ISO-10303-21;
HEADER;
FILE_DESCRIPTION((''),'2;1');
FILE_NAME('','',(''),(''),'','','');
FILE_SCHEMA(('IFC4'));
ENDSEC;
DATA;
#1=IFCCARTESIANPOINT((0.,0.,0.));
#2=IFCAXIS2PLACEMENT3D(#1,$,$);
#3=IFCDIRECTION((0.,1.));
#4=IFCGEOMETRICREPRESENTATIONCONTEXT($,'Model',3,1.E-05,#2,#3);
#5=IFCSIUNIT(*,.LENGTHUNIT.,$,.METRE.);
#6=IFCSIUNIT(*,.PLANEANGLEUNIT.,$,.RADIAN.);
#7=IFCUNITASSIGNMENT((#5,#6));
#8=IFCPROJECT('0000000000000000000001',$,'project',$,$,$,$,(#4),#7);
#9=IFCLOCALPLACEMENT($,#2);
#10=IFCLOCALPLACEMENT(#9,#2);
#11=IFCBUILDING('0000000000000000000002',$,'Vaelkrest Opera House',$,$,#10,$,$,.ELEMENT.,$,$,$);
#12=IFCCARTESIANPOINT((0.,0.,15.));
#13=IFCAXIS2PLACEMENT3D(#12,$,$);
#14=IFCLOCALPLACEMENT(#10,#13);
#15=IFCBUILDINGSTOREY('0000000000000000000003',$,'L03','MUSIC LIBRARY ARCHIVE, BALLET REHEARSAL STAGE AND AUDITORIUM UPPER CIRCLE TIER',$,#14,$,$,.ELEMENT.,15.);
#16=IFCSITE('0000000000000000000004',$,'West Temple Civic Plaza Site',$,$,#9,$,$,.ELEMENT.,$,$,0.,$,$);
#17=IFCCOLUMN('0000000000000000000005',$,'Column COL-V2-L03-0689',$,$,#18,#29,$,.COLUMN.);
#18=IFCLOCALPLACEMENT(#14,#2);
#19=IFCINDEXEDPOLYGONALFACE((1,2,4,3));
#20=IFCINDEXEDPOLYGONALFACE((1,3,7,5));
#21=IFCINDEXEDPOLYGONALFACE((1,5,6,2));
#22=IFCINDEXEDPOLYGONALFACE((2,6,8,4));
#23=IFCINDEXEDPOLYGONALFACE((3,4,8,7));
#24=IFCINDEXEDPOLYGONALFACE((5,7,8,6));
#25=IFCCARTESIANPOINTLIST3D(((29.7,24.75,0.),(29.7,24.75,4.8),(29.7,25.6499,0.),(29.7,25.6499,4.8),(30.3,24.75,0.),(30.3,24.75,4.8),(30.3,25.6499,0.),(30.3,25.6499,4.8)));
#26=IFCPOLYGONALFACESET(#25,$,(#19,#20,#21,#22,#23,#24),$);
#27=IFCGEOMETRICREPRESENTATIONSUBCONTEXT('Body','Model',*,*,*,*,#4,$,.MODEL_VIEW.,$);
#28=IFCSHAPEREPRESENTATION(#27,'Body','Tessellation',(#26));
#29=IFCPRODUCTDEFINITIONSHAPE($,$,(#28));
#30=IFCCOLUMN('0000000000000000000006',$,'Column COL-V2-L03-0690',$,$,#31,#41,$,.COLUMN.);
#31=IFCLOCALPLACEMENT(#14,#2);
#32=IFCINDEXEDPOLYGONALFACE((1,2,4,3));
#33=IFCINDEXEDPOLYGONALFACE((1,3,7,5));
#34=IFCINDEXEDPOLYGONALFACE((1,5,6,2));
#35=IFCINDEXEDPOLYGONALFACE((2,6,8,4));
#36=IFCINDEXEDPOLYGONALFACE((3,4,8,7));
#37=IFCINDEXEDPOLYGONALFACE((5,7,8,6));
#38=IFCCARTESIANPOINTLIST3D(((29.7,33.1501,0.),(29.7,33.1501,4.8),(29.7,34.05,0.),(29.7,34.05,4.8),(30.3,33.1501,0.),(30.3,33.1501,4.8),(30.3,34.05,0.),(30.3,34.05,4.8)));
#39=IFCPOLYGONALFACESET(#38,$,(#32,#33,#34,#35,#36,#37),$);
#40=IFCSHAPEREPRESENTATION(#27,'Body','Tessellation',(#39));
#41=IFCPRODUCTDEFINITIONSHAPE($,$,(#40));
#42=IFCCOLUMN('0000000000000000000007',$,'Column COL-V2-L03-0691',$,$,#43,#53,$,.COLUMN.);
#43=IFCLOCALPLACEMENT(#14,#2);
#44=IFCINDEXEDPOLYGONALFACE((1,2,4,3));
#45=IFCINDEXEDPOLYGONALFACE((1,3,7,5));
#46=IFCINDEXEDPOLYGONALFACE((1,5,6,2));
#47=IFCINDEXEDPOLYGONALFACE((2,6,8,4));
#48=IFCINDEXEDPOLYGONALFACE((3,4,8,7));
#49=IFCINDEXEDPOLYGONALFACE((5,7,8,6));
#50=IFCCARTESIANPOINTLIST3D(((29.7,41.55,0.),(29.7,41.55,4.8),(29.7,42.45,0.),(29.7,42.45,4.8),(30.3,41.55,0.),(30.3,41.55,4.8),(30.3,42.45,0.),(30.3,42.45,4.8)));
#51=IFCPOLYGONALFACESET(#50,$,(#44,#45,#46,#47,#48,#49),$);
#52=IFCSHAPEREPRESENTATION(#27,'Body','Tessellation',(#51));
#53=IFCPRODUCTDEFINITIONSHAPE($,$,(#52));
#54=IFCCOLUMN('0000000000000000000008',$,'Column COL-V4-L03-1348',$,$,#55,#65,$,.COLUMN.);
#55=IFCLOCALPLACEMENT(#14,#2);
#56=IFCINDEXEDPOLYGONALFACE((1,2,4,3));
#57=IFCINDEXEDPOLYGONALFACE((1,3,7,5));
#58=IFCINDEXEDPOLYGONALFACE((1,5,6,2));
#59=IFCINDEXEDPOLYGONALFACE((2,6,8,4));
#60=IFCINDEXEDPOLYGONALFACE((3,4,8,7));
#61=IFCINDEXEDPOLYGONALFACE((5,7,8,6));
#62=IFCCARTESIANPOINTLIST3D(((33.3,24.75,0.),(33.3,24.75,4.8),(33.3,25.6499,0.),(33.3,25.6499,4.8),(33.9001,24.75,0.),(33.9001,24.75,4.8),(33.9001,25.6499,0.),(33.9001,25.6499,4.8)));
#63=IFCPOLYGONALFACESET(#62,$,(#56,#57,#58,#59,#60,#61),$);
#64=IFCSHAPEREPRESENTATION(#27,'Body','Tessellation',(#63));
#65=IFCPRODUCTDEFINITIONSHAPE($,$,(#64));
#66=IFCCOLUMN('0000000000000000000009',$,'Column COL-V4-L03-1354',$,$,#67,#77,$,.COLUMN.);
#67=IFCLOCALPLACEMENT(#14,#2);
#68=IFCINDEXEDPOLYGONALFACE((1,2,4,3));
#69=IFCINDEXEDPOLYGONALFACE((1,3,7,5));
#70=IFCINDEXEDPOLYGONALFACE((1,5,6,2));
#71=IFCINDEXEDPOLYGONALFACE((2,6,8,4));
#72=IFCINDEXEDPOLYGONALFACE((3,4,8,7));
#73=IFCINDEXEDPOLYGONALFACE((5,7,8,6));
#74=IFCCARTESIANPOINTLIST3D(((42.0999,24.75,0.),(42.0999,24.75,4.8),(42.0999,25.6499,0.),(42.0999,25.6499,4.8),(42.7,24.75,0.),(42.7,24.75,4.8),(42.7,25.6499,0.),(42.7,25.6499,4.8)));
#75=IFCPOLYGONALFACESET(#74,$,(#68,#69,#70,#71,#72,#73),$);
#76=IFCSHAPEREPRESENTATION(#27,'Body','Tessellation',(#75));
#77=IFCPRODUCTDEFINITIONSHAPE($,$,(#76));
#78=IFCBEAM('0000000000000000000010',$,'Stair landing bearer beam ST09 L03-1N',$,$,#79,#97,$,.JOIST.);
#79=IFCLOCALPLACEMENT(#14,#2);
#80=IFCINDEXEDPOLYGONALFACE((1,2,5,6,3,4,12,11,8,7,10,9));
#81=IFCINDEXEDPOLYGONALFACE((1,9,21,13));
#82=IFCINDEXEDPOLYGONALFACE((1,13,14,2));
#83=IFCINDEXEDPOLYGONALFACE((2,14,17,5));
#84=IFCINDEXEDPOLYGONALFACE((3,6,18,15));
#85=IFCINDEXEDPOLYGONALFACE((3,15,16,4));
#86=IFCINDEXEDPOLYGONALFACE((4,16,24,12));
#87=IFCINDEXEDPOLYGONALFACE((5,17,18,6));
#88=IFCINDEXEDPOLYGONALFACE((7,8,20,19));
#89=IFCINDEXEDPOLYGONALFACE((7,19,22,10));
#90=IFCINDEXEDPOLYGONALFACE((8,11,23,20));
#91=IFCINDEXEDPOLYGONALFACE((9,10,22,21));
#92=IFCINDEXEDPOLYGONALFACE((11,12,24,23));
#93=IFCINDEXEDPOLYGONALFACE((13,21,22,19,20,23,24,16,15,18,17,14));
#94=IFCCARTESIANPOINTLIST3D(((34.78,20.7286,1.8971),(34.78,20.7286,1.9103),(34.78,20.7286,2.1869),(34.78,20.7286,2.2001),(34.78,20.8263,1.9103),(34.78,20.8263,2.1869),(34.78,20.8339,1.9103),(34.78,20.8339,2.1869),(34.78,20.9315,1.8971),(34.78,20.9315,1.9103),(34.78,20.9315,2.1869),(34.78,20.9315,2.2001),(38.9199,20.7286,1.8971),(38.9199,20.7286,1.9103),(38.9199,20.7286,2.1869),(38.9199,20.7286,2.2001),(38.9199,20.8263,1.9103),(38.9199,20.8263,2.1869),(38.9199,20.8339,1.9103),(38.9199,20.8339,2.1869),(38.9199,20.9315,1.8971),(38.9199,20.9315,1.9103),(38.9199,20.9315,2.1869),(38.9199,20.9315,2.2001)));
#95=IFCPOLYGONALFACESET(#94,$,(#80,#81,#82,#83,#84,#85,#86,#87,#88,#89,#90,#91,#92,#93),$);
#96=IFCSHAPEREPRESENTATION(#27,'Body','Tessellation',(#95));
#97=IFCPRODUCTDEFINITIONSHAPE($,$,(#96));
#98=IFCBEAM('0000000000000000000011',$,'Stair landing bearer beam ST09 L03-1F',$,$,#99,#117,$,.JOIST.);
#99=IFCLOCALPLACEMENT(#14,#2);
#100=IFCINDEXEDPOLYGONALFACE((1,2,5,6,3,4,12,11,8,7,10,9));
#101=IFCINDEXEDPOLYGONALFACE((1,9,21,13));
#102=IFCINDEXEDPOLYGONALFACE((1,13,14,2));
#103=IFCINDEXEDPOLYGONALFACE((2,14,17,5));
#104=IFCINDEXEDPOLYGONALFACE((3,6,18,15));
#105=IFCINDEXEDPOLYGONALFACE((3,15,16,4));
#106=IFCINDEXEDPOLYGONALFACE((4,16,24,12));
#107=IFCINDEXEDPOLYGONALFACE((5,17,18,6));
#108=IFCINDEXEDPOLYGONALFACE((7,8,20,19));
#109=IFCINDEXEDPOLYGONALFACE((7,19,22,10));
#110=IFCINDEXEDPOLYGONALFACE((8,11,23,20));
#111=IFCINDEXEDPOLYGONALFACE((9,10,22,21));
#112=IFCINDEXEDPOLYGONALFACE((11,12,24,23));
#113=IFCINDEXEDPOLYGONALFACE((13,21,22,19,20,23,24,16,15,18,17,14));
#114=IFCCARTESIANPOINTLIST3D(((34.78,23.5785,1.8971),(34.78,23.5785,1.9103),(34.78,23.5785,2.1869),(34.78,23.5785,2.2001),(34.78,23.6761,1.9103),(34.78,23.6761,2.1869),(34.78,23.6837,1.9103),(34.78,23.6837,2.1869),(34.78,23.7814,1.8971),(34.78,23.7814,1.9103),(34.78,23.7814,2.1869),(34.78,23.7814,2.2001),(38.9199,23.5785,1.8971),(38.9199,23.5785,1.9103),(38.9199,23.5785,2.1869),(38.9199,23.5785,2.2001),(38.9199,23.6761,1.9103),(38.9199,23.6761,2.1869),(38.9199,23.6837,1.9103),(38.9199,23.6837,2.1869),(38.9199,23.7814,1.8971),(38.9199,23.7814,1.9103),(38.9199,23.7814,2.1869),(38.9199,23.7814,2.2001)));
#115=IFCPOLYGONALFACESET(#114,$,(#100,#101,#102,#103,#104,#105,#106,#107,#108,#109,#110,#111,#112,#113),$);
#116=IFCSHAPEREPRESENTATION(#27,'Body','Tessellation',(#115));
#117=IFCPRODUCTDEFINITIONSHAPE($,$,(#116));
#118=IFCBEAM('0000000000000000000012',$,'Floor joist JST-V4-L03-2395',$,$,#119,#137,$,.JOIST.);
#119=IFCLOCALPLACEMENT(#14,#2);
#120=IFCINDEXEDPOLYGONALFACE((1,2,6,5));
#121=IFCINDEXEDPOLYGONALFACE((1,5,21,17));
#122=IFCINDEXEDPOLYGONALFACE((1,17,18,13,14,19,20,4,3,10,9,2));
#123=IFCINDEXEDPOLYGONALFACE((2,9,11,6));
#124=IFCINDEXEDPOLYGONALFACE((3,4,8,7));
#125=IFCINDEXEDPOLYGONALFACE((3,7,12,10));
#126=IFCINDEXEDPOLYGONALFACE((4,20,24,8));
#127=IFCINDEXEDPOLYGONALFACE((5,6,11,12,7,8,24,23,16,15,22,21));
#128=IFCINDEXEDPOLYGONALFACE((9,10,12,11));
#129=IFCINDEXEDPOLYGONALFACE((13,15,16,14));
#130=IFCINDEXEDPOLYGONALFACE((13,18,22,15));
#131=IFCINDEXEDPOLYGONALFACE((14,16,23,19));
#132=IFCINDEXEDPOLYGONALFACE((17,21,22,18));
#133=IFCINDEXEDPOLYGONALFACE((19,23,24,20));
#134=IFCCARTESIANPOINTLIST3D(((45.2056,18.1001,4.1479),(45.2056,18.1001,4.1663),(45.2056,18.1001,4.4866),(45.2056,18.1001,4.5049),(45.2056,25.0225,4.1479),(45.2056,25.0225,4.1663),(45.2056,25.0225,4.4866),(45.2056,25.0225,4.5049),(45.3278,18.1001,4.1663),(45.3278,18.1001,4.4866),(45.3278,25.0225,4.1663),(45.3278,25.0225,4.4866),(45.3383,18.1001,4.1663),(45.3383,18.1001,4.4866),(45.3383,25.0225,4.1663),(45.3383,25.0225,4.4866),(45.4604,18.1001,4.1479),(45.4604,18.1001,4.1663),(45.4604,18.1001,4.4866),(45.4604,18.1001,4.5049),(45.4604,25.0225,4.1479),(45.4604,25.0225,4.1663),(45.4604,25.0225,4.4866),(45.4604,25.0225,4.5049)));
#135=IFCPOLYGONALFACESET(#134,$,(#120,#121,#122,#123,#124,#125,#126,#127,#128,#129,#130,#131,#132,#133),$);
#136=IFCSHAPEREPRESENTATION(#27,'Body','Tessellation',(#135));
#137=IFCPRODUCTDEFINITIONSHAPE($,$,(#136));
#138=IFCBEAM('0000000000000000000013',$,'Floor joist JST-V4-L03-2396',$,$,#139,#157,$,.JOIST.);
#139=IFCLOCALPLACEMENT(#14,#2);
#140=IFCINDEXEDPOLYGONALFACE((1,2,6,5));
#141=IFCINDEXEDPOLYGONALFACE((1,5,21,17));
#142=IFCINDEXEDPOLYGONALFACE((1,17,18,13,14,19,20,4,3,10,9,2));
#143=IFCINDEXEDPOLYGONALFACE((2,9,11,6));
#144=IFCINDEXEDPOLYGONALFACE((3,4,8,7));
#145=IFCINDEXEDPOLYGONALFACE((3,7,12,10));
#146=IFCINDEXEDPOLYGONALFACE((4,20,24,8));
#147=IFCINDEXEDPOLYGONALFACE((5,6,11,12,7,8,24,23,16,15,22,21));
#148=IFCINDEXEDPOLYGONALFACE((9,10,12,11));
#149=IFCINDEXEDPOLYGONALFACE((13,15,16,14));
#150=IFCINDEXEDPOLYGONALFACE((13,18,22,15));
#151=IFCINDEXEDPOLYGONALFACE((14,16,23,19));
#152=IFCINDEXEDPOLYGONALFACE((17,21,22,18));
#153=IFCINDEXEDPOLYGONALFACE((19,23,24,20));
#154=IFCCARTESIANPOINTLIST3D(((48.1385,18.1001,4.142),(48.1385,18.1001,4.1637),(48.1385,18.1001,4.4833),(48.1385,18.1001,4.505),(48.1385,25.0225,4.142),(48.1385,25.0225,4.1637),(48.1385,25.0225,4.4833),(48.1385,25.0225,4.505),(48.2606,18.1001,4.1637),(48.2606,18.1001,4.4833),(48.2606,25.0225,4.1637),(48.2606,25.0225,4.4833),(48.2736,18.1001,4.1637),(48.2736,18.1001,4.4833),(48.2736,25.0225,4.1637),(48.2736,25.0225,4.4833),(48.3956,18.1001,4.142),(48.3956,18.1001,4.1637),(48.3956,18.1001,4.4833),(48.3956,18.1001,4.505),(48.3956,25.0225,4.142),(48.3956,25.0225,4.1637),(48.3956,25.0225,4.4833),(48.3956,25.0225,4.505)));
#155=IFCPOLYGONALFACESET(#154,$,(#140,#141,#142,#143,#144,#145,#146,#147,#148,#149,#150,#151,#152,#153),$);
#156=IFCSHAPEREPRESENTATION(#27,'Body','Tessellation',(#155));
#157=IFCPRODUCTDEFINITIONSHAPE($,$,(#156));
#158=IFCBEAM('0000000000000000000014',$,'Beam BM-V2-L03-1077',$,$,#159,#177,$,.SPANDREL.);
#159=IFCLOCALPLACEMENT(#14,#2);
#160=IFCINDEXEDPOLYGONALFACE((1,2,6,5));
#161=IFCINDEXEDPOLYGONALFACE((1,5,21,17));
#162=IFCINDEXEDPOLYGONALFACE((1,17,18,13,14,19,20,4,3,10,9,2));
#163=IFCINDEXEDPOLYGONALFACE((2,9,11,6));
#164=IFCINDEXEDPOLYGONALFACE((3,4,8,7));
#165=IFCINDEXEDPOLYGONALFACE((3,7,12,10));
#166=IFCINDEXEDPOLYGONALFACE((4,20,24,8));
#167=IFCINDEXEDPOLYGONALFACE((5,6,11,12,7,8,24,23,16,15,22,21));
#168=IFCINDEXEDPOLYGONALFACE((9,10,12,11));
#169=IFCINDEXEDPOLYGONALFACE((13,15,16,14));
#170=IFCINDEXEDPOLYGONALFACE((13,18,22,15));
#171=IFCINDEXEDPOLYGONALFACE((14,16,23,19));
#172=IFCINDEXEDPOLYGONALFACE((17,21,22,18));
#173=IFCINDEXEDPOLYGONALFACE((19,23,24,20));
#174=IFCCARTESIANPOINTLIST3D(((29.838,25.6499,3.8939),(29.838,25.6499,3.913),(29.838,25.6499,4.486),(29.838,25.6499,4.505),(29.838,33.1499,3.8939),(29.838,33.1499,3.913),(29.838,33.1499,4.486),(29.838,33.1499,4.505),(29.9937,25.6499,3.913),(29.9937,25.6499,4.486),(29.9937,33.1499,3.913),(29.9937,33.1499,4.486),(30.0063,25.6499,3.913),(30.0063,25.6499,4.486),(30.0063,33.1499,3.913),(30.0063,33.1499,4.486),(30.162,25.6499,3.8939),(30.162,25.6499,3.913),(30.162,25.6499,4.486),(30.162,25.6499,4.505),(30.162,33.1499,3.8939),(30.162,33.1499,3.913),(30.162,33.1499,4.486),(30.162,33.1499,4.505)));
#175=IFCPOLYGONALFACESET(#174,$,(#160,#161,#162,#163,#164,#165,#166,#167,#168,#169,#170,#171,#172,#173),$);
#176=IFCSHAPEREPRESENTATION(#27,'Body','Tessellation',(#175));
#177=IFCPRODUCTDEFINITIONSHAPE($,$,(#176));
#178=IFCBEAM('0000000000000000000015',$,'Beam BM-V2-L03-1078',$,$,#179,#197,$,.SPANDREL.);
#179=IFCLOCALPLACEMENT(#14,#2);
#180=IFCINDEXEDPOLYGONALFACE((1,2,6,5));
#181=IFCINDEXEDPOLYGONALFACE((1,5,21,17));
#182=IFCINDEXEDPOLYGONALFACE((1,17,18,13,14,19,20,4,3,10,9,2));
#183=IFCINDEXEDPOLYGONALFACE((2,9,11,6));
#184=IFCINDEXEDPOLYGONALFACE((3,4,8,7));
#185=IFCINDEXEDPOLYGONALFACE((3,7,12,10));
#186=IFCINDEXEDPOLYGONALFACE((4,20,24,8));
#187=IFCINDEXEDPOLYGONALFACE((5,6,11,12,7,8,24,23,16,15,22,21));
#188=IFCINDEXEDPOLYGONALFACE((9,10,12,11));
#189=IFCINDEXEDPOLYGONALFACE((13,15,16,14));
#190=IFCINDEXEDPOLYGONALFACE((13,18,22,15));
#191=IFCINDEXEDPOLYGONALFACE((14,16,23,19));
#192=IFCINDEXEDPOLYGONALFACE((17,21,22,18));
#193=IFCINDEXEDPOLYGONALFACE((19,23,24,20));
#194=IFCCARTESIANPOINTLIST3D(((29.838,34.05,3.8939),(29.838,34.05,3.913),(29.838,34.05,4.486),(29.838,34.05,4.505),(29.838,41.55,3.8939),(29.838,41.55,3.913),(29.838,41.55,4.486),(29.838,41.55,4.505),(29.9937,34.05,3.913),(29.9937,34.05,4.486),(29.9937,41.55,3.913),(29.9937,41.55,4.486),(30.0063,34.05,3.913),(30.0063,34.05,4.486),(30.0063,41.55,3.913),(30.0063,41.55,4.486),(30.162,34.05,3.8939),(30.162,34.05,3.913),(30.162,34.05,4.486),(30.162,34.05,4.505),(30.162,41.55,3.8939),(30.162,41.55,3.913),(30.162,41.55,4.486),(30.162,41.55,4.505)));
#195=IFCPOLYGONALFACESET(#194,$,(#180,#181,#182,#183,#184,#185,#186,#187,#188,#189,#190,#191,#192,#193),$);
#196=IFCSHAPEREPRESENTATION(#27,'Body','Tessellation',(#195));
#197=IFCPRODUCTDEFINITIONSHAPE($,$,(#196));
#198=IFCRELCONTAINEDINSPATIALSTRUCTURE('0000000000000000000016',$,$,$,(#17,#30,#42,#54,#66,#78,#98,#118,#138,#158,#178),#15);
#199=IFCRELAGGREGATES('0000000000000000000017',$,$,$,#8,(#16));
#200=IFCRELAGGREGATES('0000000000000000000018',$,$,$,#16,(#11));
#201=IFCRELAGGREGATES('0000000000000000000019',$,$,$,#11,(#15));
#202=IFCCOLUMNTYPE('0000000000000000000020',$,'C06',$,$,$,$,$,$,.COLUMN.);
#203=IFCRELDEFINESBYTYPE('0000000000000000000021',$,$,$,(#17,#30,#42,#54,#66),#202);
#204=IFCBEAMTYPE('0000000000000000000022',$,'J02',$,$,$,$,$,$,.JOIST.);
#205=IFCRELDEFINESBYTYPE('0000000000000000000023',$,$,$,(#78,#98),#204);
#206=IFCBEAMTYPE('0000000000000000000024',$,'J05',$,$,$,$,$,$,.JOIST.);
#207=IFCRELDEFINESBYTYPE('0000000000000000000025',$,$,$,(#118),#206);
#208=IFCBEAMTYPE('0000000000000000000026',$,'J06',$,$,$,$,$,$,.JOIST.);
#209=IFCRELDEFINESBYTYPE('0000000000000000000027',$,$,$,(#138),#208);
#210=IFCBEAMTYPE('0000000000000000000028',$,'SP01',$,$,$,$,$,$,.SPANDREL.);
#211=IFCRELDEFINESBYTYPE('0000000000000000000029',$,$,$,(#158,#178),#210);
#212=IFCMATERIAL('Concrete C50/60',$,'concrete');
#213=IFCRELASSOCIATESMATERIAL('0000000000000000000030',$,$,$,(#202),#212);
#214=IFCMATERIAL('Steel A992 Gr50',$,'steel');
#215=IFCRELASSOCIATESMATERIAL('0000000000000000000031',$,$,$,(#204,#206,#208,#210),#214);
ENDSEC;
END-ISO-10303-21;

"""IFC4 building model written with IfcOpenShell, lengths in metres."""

from ifc_helpers import new_model, si_unit, direction, frame, origin, origin_2d, place, context, subcontext, project, spatial, rectangle, i_section, extrude, material, material_profile, profile_set, type_object, element, save


model = new_model("IFC4")

# Units and contexts
model_context = context("Model", 3, precision=1e-05, world=origin(), true_north=direction((0.0, 1.0)))
body_context = subcontext(model_context, "Body", "Model", "MODEL_VIEW")
ifc_project = project(units=[si_unit("LENGTHUNIT", "METRE"), si_unit("PLANEANGLEUNIT", "RADIAN")], contexts=[model_context])

# Site, building, storey
site_placement = place(None, origin())
site = spatial("IfcSite", under=ifc_project, at=site_placement, Name="West Temple Civic Plaza Site", CompositionType="ELEMENT", RefElevation=0.0)
building_placement = place(site_placement, origin())
building = spatial("IfcBuilding", under=site, at=building_placement, Name="Vaelkrest Opera House", CompositionType="ELEMENT")
storey_placement = place(building_placement, frame((0.0, 0.0, 15.0)))
storey = spatial("IfcBuildingStorey", under=building, at=storey_placement, Name="L03", Description="MUSIC LIBRARY ARCHIVE, BALLET REHEARSAL STAGE AND AUDITORIUM UPPER CIRCLE TIER", CompositionType="ELEMENT", Elevation=15.0)

# Columns
ifc_material_1 = material(Name="Concrete C50/60", Category="concrete")
ifc_material_profile_1 = material_profile(ifc_material_1, rectangle(XDim=0.6001, YDim=0.8999, at=origin_2d()), Name="RC600X900")
ifc_profile_set_1 = profile_set([ifc_material_profile_1], Name="Concrete C50/60")
column_type = type_object("IfcColumnType", Name="C06", PredefinedType="COLUMN", material=ifc_profile_set_1)
for number, where, z_axis, x_axis, name in (
    (1, (30.0, 25.2, 0.0), (0.0, 0.0, 1.0), (1.0, 0.0, 0.0), "Column COL-V2-L03-0689"),
    (2, (30.0, 33.6001, 0.0), (0.0, 0.0, 1.0), (1.0, 0.0, 0.0), "Column COL-V2-L03-0690"),
    (3, (30.0, 42.0, 0.0), (0.0, 0.0, 1.0), (1.0, 0.0, 0.0), "Column COL-V2-L03-0691"),
    (4, (33.6001, 25.2, 0.0), (0.0, 0.0, 1.0), (1.0, 0.0, 0.0), "Column COL-V4-L03-1348"),
    (5, (42.3999, 25.2, 0.0), (0.0, 0.0, 1.0), (1.0, 0.0, 0.0), "Column COL-V4-L03-1354"),
):
    element("IfcColumn", number, at=place(storey_placement, frame(where, z_axis=z_axis, x_axis=x_axis)), inside=storey, type_object=column_type, Name=name, PredefinedType="COLUMN", context=body_context, shape_type="SweptSolid", body=[
        extrude(rectangle(XDim=0.6001, YDim=0.8999, at=origin_2d()), origin(), (0.0, 0.0, 1.0), 4.8),
    ])

# Beams
ifc_material_2 = material(Name="Steel A992 Gr50", Category="steel")
ifc_material_profile_2 = material_profile(ifc_material_2, i_section(OverallWidth=0.2029, OverallDepth=0.303, WebThickness=0.0076, FlangeThickness=0.0132, at=origin_2d()), Name="W12X40")
ifc_profile_set_2 = profile_set([ifc_material_profile_2], Name="Steel A992 Gr50")
beam_type_1 = type_object("IfcBeamType", Name="J02", PredefinedType="JOIST", material=ifc_profile_set_2)
for number, where, z_axis, x_axis, name in (
    (6, (34.78, 20.8301, 2.0486), (1.0, 0.0, 0.0), (0.0, 1.0, 0.0), "Stair landing bearer beam ST09 L03-1N"),
    (7, (34.78, 23.6799, 2.0486), (1.0, 0.0, 0.0), (0.0, 1.0, 0.0), "Stair landing bearer beam ST09 L03-1F"),
):
    element("IfcBeam", number, at=place(storey_placement, frame(where, z_axis=z_axis, x_axis=x_axis)), inside=storey, type_object=beam_type_1, Name=name, PredefinedType="JOIST", context=body_context, shape_type="SweptSolid", body=[
        extrude(i_section(OverallWidth=0.2029, OverallDepth=0.303, WebThickness=0.0076, FlangeThickness=0.0132, at=origin_2d()), origin(), (0.0, 0.0, 1.0), 4.1399),
    ])
ifc_material_profile_3 = material_profile(ifc_material_2, i_section(OverallWidth=0.2549, OverallDepth=0.3569, WebThickness=0.0105, FlangeThickness=0.0183, at=origin_2d()), Name="W14X68")
ifc_profile_set_3 = profile_set([ifc_material_profile_3], Name="Steel A992 Gr50")
beam_type_2 = type_object("IfcBeamType", Name="J05", PredefinedType="JOIST", material=ifc_profile_set_3)
beam_1_placement = place(storey_placement, frame((45.333, 18.1001, 4.3264), z_axis=(0.0, 1.0, 0.0), x_axis=(-1.0, 0.0, 0.0)))
element("IfcBeam", 8, at=beam_1_placement, inside=storey, type_object=beam_type_2, Name="Floor joist JST-V4-L03-2395", PredefinedType="JOIST", context=body_context, shape_type="SweptSolid", body=[
    extrude(i_section(OverallWidth=0.2549, OverallDepth=0.3569, WebThickness=0.0105, FlangeThickness=0.0183, at=origin_2d()), origin(), (0.0, 0.0, 1.0), 6.9224),
])
ifc_material_profile_4 = material_profile(ifc_material_2, i_section(OverallWidth=0.2571, OverallDepth=0.363, WebThickness=0.0129, FlangeThickness=0.0217, at=origin_2d()), Name="W14X82")
ifc_profile_set_4 = profile_set([ifc_material_profile_4], Name="Steel A992 Gr50")
beam_type_3 = type_object("IfcBeamType", Name="J06", PredefinedType="JOIST", material=ifc_profile_set_4)
beam_2_placement = place(storey_placement, frame((48.2671, 18.1001, 4.3235), z_axis=(0.0, 1.0, 0.0), x_axis=(-1.0, 0.0, 0.0)))
element("IfcBeam", 9, at=beam_2_placement, inside=storey, type_object=beam_type_3, Name="Floor joist JST-V4-L03-2396", PredefinedType="JOIST", context=body_context, shape_type="SweptSolid", body=[
    extrude(i_section(OverallWidth=0.2571, OverallDepth=0.363, WebThickness=0.0129, FlangeThickness=0.0217, at=origin_2d()), origin(), (0.0, 0.0, 1.0), 6.9224),
])
ifc_material_profile_5 = material_profile(ifc_material_2, i_section(OverallWidth=0.324, OverallDepth=0.6111, WebThickness=0.0127, FlangeThickness=0.019, at=origin_2d()), Name="W24X104")
ifc_profile_set_5 = profile_set([ifc_material_profile_5], Name="Steel A992 Gr50")
beam_type_4 = type_object("IfcBeamType", Name="SP01", PredefinedType="SPANDREL", material=ifc_profile_set_5)
for number, where, z_axis, x_axis, name in (
    (10, (30.0, 25.6499, 4.1995), (0.0, 1.0, 0.0), (-1.0, 0.0, 0.0), "Beam BM-V2-L03-1077"),
    (11, (30.0, 34.05, 4.1995), (0.0, 1.0, 0.0), (-1.0, 0.0, 0.0), "Beam BM-V2-L03-1078"),
):
    element("IfcBeam", number, at=place(storey_placement, frame(where, z_axis=z_axis, x_axis=x_axis)), inside=storey, type_object=beam_type_4, Name=name, PredefinedType="SPANDREL", context=body_context, shape_type="SweptSolid", body=[
        extrude(i_section(OverallWidth=0.324, OverallDepth=0.6111, WebThickness=0.0127, FlangeThickness=0.019, at=origin_2d()), origin(), (0.0, 0.0, 1.0), 7.5),
    ])

save(model, "model.ifc")
